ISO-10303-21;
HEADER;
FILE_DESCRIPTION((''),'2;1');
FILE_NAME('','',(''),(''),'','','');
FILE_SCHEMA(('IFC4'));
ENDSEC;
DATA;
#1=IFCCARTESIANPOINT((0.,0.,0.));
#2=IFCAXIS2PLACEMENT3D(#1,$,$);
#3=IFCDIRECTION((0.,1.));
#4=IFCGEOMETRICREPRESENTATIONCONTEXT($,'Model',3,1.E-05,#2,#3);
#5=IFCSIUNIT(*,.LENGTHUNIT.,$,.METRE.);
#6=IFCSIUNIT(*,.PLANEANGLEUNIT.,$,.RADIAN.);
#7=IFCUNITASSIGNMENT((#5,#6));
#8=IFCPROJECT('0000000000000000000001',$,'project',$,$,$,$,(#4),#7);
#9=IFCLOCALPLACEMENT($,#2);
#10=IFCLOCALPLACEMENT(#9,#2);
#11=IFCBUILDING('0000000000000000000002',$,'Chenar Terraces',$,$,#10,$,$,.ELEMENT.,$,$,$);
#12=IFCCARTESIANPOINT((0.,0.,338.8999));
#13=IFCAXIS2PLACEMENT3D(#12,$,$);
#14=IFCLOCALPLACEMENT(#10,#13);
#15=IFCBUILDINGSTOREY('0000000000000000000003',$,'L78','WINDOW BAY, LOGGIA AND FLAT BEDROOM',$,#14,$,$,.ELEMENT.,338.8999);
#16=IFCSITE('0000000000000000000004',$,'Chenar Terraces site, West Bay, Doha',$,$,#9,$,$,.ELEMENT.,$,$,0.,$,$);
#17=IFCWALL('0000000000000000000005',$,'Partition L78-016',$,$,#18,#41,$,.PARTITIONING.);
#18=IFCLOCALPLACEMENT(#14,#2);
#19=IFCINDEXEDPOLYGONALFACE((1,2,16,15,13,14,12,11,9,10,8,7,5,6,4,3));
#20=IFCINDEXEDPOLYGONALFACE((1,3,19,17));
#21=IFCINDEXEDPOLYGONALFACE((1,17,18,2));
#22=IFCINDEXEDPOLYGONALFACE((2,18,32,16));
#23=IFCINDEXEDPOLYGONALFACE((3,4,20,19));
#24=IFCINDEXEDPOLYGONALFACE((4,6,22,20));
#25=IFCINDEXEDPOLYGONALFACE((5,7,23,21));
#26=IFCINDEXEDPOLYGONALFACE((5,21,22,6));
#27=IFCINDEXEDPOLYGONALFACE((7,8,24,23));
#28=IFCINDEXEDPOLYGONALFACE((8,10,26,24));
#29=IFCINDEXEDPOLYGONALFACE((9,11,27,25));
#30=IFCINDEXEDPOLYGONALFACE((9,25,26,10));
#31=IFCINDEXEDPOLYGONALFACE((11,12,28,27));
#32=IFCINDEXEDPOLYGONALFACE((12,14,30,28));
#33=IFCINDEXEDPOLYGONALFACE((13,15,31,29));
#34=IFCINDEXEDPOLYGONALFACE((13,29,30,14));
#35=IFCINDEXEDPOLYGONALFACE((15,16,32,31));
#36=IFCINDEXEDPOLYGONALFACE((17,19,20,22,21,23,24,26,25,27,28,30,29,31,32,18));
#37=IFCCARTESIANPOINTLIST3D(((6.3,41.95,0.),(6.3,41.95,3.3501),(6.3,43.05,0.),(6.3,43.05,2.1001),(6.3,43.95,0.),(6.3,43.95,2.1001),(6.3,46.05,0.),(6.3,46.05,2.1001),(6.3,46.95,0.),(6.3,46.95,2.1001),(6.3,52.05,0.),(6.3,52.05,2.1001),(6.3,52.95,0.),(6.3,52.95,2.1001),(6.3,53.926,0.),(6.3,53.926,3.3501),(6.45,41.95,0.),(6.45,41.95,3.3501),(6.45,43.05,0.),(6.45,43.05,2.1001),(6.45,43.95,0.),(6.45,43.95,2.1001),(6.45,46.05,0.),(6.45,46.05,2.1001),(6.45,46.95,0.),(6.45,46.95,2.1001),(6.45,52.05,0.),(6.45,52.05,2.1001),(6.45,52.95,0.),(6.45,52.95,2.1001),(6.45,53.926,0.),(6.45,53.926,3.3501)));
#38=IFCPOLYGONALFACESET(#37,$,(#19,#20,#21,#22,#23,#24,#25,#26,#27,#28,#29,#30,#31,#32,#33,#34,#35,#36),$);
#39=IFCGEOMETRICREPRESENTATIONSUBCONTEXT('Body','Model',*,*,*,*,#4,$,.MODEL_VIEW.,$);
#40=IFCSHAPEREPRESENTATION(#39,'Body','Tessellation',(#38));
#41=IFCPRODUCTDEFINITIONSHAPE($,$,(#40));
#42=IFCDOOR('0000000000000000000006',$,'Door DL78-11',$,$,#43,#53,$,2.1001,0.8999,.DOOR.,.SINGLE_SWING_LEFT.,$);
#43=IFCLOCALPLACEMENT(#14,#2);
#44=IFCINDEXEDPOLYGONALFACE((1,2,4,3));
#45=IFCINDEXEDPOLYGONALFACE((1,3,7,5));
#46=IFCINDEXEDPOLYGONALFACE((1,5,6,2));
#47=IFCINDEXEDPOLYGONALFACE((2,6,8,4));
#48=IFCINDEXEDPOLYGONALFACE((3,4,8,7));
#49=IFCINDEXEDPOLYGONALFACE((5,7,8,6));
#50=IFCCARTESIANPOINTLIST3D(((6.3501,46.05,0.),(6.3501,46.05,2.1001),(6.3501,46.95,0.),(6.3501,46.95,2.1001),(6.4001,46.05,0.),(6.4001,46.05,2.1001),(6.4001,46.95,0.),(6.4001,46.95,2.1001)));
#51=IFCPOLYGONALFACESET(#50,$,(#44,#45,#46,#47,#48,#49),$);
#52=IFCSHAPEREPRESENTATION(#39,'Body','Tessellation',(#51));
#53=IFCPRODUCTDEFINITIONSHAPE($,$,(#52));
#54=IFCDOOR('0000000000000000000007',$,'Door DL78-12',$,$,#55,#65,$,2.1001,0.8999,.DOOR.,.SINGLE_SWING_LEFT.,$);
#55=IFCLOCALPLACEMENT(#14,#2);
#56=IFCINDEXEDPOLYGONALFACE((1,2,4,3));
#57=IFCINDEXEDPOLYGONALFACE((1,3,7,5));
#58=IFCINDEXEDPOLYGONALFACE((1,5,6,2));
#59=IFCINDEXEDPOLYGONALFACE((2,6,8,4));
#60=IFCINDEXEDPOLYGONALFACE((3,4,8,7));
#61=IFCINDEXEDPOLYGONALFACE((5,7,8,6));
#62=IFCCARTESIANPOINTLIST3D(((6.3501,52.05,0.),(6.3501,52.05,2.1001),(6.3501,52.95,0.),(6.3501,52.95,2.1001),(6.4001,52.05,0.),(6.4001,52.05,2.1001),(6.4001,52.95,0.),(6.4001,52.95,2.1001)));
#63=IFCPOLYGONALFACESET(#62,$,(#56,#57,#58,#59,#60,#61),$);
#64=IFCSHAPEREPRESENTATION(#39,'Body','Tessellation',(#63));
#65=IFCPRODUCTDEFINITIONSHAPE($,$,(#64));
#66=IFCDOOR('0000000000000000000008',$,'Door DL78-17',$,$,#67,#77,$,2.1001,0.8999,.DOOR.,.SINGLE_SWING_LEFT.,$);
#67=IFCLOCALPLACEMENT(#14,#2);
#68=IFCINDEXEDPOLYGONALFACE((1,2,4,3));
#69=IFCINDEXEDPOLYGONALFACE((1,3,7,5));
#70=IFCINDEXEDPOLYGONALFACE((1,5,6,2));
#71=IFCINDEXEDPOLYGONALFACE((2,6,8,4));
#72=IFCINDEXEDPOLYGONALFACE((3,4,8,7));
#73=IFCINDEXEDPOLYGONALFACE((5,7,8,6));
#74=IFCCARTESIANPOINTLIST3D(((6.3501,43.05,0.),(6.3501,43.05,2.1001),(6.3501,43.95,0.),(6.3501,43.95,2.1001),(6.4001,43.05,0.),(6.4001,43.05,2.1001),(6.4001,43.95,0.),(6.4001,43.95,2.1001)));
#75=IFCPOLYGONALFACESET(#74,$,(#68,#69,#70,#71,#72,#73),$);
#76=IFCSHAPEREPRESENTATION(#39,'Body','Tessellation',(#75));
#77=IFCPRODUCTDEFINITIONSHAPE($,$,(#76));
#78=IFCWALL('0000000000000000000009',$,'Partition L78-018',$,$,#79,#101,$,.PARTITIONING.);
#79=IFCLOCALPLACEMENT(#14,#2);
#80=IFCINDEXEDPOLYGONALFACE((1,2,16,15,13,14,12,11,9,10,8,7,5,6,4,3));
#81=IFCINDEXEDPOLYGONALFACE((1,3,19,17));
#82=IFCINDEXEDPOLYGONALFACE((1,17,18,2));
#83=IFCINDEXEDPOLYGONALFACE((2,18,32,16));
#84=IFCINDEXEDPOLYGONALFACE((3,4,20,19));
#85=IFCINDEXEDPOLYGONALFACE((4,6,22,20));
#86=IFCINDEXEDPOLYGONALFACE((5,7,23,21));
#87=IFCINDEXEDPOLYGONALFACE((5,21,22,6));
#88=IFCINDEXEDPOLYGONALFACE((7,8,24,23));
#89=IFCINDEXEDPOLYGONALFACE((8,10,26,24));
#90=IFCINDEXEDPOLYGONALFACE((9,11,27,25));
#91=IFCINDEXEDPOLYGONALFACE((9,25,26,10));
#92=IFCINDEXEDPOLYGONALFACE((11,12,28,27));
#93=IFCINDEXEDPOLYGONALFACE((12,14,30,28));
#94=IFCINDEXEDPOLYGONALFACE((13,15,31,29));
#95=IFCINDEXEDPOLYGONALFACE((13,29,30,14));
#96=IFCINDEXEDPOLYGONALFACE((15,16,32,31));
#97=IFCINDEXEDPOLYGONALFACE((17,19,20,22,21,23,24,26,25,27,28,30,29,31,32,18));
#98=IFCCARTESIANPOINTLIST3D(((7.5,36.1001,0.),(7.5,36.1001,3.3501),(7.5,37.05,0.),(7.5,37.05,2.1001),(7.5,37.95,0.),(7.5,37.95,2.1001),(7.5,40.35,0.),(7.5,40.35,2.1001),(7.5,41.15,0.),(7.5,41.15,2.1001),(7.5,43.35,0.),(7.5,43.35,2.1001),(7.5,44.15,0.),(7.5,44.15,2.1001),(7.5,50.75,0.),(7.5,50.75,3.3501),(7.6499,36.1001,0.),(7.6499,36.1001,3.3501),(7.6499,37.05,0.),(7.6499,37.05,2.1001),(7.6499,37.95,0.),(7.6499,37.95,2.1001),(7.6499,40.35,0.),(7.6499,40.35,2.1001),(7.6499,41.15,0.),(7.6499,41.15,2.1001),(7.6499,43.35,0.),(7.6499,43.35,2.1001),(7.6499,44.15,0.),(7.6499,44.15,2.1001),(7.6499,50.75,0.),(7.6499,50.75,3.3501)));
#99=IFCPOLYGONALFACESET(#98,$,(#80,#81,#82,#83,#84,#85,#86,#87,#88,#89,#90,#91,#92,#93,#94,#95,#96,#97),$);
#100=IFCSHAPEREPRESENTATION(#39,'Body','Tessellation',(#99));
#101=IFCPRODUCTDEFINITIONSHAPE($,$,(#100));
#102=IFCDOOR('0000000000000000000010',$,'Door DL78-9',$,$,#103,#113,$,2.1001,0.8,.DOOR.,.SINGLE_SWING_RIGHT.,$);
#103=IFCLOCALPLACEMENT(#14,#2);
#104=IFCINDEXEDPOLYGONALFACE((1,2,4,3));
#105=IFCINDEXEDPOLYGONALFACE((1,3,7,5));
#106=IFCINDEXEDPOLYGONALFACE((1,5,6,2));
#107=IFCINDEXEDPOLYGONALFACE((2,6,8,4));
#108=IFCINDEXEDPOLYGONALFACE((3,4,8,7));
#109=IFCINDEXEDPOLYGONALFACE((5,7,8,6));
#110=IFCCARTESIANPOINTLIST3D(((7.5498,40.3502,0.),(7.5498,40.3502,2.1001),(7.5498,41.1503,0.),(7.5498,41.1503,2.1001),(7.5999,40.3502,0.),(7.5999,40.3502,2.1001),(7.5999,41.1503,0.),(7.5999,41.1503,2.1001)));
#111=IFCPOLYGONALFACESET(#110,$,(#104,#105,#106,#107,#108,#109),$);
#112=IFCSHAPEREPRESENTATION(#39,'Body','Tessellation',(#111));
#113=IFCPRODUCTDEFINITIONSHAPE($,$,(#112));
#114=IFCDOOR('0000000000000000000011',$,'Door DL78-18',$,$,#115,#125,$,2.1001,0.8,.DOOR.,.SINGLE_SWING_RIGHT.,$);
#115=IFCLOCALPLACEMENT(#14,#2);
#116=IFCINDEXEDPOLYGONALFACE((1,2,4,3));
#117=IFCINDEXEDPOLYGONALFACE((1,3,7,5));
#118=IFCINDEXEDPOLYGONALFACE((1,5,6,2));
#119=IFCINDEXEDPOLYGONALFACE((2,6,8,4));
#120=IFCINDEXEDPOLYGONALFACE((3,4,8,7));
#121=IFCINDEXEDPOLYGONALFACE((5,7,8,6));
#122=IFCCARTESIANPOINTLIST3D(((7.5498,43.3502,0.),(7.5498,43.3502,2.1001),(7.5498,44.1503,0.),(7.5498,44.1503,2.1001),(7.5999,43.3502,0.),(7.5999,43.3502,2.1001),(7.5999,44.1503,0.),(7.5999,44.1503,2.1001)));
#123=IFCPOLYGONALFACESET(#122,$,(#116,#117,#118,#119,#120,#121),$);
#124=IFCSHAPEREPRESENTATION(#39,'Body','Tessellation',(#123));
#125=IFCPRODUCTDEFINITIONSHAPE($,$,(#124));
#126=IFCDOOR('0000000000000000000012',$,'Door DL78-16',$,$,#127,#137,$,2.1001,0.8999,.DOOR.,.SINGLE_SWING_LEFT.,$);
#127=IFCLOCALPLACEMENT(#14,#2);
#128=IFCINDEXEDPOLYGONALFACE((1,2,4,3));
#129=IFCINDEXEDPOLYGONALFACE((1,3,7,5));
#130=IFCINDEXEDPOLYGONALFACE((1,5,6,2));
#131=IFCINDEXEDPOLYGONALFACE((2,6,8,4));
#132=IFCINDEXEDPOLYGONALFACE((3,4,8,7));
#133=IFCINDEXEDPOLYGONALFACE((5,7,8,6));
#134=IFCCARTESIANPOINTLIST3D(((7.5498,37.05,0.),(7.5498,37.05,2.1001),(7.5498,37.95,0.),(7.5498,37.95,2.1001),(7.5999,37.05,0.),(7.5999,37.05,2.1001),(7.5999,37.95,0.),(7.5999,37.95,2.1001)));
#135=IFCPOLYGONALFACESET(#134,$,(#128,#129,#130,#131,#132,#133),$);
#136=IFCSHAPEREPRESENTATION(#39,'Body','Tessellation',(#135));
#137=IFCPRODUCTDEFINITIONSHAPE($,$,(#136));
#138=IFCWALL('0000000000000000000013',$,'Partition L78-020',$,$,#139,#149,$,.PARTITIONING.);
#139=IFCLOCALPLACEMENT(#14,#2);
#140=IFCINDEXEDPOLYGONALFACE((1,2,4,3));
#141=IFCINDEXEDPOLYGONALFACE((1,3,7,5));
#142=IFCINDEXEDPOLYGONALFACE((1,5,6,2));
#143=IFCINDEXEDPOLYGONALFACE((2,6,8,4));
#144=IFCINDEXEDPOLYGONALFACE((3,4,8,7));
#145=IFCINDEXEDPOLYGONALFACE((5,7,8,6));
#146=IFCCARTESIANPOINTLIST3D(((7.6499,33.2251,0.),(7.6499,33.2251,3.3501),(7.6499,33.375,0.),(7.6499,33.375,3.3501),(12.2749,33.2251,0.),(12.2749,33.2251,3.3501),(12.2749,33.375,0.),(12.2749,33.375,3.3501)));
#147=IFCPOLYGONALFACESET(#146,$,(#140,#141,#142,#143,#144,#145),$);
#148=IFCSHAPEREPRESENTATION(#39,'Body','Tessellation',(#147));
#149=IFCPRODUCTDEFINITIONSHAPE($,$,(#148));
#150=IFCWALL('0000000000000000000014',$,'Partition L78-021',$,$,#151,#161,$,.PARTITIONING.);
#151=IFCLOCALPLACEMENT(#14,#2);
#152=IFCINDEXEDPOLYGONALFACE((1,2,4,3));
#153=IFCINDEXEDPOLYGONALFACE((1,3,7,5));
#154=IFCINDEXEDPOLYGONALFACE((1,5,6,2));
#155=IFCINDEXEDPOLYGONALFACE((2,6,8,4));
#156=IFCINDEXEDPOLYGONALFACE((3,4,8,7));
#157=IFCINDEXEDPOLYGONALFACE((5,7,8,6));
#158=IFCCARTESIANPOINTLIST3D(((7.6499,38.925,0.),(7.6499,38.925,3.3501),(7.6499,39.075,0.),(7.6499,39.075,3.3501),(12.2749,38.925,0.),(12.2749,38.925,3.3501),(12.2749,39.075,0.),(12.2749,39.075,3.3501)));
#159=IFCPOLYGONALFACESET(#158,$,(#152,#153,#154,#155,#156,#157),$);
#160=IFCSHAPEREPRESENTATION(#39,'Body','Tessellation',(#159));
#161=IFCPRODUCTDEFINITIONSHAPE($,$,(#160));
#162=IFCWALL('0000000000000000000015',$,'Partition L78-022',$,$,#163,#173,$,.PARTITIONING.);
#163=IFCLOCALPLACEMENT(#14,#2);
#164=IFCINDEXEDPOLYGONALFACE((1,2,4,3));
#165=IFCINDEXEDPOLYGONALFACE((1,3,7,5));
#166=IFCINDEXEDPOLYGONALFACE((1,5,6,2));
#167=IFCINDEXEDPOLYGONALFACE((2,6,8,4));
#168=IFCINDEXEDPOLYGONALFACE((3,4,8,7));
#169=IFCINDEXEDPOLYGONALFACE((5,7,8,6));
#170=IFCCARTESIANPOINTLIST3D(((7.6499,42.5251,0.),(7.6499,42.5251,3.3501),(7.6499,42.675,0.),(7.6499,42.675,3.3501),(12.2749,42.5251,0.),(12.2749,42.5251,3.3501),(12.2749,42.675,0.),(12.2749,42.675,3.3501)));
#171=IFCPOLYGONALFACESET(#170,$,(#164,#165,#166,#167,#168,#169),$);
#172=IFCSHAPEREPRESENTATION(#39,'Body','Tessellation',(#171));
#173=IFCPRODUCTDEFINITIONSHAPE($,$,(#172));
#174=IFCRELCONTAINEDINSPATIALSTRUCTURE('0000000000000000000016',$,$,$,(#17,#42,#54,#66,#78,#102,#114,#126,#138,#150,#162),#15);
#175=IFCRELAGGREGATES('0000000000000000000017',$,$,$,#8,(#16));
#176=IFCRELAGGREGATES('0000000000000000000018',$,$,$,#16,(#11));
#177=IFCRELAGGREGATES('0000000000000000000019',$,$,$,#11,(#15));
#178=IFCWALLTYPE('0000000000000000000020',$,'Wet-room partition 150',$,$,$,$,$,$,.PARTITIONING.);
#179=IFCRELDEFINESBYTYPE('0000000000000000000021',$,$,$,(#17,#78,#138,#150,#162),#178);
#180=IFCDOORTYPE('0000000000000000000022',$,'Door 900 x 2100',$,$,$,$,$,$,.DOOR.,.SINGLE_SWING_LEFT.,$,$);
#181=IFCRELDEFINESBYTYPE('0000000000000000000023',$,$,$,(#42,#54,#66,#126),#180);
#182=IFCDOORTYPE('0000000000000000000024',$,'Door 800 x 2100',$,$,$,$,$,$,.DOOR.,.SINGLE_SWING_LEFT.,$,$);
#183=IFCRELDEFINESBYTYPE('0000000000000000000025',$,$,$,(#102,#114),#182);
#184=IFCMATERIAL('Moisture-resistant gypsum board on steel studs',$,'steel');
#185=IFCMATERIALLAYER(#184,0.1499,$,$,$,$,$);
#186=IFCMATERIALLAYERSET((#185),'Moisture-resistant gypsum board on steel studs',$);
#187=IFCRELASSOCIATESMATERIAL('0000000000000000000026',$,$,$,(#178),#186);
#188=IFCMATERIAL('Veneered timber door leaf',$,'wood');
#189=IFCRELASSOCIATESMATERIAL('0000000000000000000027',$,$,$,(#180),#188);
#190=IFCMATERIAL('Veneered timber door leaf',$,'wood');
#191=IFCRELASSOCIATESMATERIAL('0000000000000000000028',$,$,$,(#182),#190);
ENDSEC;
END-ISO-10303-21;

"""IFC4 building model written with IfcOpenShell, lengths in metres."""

from ifc_helpers import new_model, si_unit, direction, frame, frame_2d, origin, place, context, subcontext, project, spatial, rectangle, extrude, material, layer, layer_set, type_object, element, fill, save


model = new_model("IFC4")

# Units and contexts
model_context = context("Model", 3, precision=1e-05, world=origin(), true_north=direction((0.0, 1.0)))
body_context = subcontext(model_context, "Body", "Model", "MODEL_VIEW")
ifc_project = project(units=[si_unit("LENGTHUNIT", "METRE"), si_unit("PLANEANGLEUNIT", "RADIAN")], contexts=[model_context])

# Site, building, storey
site_placement = place(None, origin())
site = spatial("IfcSite", under=ifc_project, at=site_placement, Name="Chenar Terraces site, West Bay, Doha", CompositionType="ELEMENT", RefElevation=0.0)
building_placement = place(site_placement, origin())
building = spatial("IfcBuilding", under=site, at=building_placement, Name="Chenar Terraces", CompositionType="ELEMENT")
storey_placement = place(building_placement, frame((0.0, 0.0, 338.8999)))
storey = spatial("IfcBuildingStorey", under=building, at=storey_placement, Name="L78", Description="WINDOW BAY, LOGGIA AND FLAT BEDROOM", CompositionType="ELEMENT", Elevation=338.8999)

# Shared definitions
ifc_material_1 = material(Name="Moisture-resistant gypsum board on steel studs", Category="steel")
ifc_layer_1 = layer(ifc_material_1, 0.1499)
ifc_layer_set_1 = layer_set([ifc_layer_1], Name="Moisture-resistant gypsum board on steel studs")
wall_type_1 = type_object("IfcWallType", Name="Wet-room partition 150", PredefinedType="PARTITIONING", material=ifc_layer_set_1)
ifc_material_2 = material(Name="Veneered timber door leaf", Category="wood")
door_type_1 = type_object("IfcDoorType", Name="Door 900 x 2100", OperationType="SINGLE_SWING_LEFT", PredefinedType="DOOR", material=ifc_material_2)

# Walls, openings, doors
wall_1_placement = place(storey_placement, frame((6.375, 41.95, 0.0), z_axis=(0.0, 0.0, 1.0), x_axis=(0.0, 1.0, 0.0)))
wall_1 = element("IfcWall", 1, at=wall_1_placement, inside=storey, type_object=wall_type_1, Name="Partition L78-016", PredefinedType="PARTITIONING", context=body_context, shape_type="SweptSolid", body=[
    extrude(rectangle(XDim=11.9761, YDim=0.1499, at=frame_2d((5.988, 0.0))), origin(), (0.0, 0.0, 1.0), 3.3501),
])
opening_1_placement = place(wall_1_placement, frame((4.1001, 0.0, 0.0)))
opening_1 = element("IfcOpeningElement", 2, at=opening_1_placement, cuts=wall_1, PredefinedType="OPENING", context=body_context, shape_type="SweptSolid", body=[
    extrude(rectangle(XDim=0.8999, YDim=2.1001, at=frame_2d((0.45, 1.05))), frame((0.0, 0.085, 0.0), z_axis=(0.0, -1.0, 0.0), x_axis=(1.0, 0.0, 0.0)), (0.0, 0.0, 1.0), 0.1699),
])
opening_2_placement = place(wall_1_placement, frame((10.1001, 0.0, 0.0)))
opening_2 = element("IfcOpeningElement", 3, at=opening_2_placement, cuts=wall_1, PredefinedType="OPENING", context=body_context, shape_type="SweptSolid", body=[
    extrude(rectangle(XDim=0.8999, YDim=2.1001, at=frame_2d((0.45, 1.05))), frame((0.0, 0.085, 0.0), z_axis=(0.0, -1.0, 0.0), x_axis=(1.0, 0.0, 0.0)), (0.0, 0.0, 1.0), 0.1699),
])
opening_3_placement = place(wall_1_placement, frame((1.1001, 0.0, 0.0)))
opening_3 = element("IfcOpeningElement", 4, at=opening_3_placement, cuts=wall_1, PredefinedType="OPENING", context=body_context, shape_type="SweptSolid", body=[
    extrude(rectangle(XDim=0.8999, YDim=2.1001, at=frame_2d((0.45, 1.05))), frame((0.0, 0.085, 0.0), z_axis=(0.0, -1.0, 0.0), x_axis=(1.0, 0.0, 0.0)), (0.0, 0.0, 1.0), 0.1699),
])
door_1_placement = place(opening_1_placement, origin())
door_1 = element("IfcDoor", 5, at=door_1_placement, inside=storey, type_object=door_type_1, Name="Door DL78-11", OperationType="SINGLE_SWING_LEFT", OverallHeight=2.1001, OverallWidth=0.8999, PredefinedType="DOOR", context=body_context, shape_type="SweptSolid", body=[
    extrude(rectangle(XDim=0.8999, YDim=2.1001, at=frame_2d((0.45, 1.05))), frame((0.0, 0.0249, 0.0), z_axis=(0.0, -1.0, 0.0), x_axis=(1.0, 0.0, 0.0)), (0.0, 0.0, 1.0), 0.05),
])
fill(opening_1, door_1)
door_2_placement = place(opening_2_placement, origin())
door_2 = element("IfcDoor", 6, at=door_2_placement, inside=storey, type_object=door_type_1, Name="Door DL78-12", OperationType="SINGLE_SWING_LEFT", OverallHeight=2.1001, OverallWidth=0.8999, PredefinedType="DOOR", context=body_context, shape_type="SweptSolid", body=[
    extrude(rectangle(XDim=0.8999, YDim=2.1001, at=frame_2d((0.45, 1.05))), frame((0.0, 0.0249, 0.0), z_axis=(0.0, -1.0, 0.0), x_axis=(1.0, 0.0, 0.0)), (0.0, 0.0, 1.0), 0.05),
])
fill(opening_2, door_2)
door_3_placement = place(opening_3_placement, origin())
door_3 = element("IfcDoor", 7, at=door_3_placement, inside=storey, type_object=door_type_1, Name="Door DL78-17", OperationType="SINGLE_SWING_LEFT", OverallHeight=2.1001, OverallWidth=0.8999, PredefinedType="DOOR", context=body_context, shape_type="SweptSolid", body=[
    extrude(rectangle(XDim=0.8999, YDim=2.1001, at=frame_2d((0.45, 1.05))), frame((0.0, 0.0249, 0.0), z_axis=(0.0, -1.0, 0.0), x_axis=(1.0, 0.0, 0.0)), (0.0, 0.0, 1.0), 0.05),
])
fill(opening_3, door_3)
wall_2_placement = place(storey_placement, frame((7.575, 36.1001, 0.0), z_axis=(0.0, 0.0, 1.0), x_axis=(0.0, 1.0, 0.0)))
wall_2 = element("IfcWall", 8, at=wall_2_placement, inside=storey, type_object=wall_type_1, Name="Partition L78-018", PredefinedType="PARTITIONING", context=body_context, shape_type="SweptSolid", body=[
    extrude(rectangle(XDim=14.6499, YDim=0.1499, at=frame_2d((7.325, 0.0))), origin(), (0.0, 0.0, 1.0), 3.3501),
])
opening_4_placement = place(wall_2_placement, frame((4.25, 0.0, 0.0)))
opening_4 = element("IfcOpeningElement", 9, at=opening_4_placement, cuts=wall_2, PredefinedType="OPENING", context=body_context, shape_type="SweptSolid", body=[
    extrude(rectangle(XDim=0.8, YDim=2.1001, at=frame_2d((0.3999, 1.05))), frame((0.0, 0.085, 0.0), z_axis=(0.0, -1.0, 0.0), x_axis=(1.0, 0.0, 0.0)), (0.0, 0.0, 1.0), 0.1699),
])
opening_5_placement = place(wall_2_placement, frame((0.95, 0.0, 0.0)))
opening_5 = element("IfcOpeningElement", 10, at=opening_5_placement, cuts=wall_2, PredefinedType="OPENING", context=body_context, shape_type="SweptSolid", body=[
    extrude(rectangle(XDim=0.8999, YDim=2.1001, at=frame_2d((0.45, 1.05))), frame((0.0, 0.085, 0.0), z_axis=(0.0, -1.0, 0.0), x_axis=(1.0, 0.0, 0.0)), (0.0, 0.0, 1.0), 0.1699),
])
opening_6_placement = place(wall_2_placement, frame((7.25, 0.0, 0.0)))
opening_6 = element("IfcOpeningElement", 11, at=opening_6_placement, cuts=wall_2, PredefinedType="OPENING", context=body_context, shape_type="SweptSolid", body=[
    extrude(rectangle(XDim=0.8, YDim=2.1001, at=frame_2d((0.3999, 1.05))), frame((0.0, 0.085, 0.0), z_axis=(0.0, -1.0, 0.0), x_axis=(1.0, 0.0, 0.0)), (0.0, 0.0, 1.0), 0.1699),
])
ifc_material_3 = material(Name="Veneered timber door leaf", Category="wood")
door_type_2 = type_object("IfcDoorType", Name="Door 800 x 2100", OperationType="SINGLE_SWING_LEFT", PredefinedType="DOOR", material=ifc_material_3)
door_4_placement = place(opening_4_placement, frame((0.8, 0.0, 0.0), z_axis=(0.0, 0.0, 1.0), x_axis=(-1.0, 0.0, 0.0)))
door_4 = element("IfcDoor", 12, at=door_4_placement, inside=storey, type_object=door_type_2, Name="Door DL78-9", OperationType="SINGLE_SWING_RIGHT", OverallHeight=2.1001, OverallWidth=0.8, PredefinedType="DOOR", context=body_context, shape_type="SweptSolid", body=[
    extrude(rectangle(XDim=0.8, YDim=2.1001, at=frame_2d((0.3999, 1.05))), frame((0.0, 0.0249, 0.0), z_axis=(0.0, -1.0, 0.0), x_axis=(1.0, 0.0, 0.0)), (0.0, 0.0, 1.0), 0.05),
])
fill(opening_4, door_4)
door_5_placement = place(opening_6_placement, frame((0.8, 0.0, 0.0), z_axis=(0.0, 0.0, 1.0), x_axis=(-1.0, 0.0, 0.0)))
door_5 = element("IfcDoor", 13, at=door_5_placement, inside=storey, type_object=door_type_2, Name="Door DL78-18", OperationType="SINGLE_SWING_RIGHT", OverallHeight=2.1001, OverallWidth=0.8, PredefinedType="DOOR", context=body_context, shape_type="SweptSolid", body=[
    extrude(rectangle(XDim=0.8, YDim=2.1001, at=frame_2d((0.3999, 1.05))), frame((0.0, 0.0249, 0.0), z_axis=(0.0, -1.0, 0.0), x_axis=(1.0, 0.0, 0.0)), (0.0, 0.0, 1.0), 0.05),
])
fill(opening_6, door_5)
door_6_placement = place(opening_5_placement, frame((0.8999, 0.0, 0.0), z_axis=(0.0, 0.0, 1.0), x_axis=(-1.0, 0.0, 0.0)))
door_6 = element("IfcDoor", 14, at=door_6_placement, inside=storey, type_object=door_type_1, Name="Door DL78-16", OperationType="SINGLE_SWING_LEFT", OverallHeight=2.1001, OverallWidth=0.8999, PredefinedType="DOOR", context=body_context, shape_type="SweptSolid", body=[
    extrude(rectangle(XDim=0.8999, YDim=2.1001, at=frame_2d((0.45, 1.05))), frame((0.0, 0.0249, 0.0), z_axis=(0.0, -1.0, 0.0), x_axis=(1.0, 0.0, 0.0)), (0.0, 0.0, 1.0), 0.05),
])
fill(opening_5, door_6)

# Walls
for number, where, z_axis, x_axis, name in (
    (15, (7.6499, 33.3, 0.0), (0.0, 0.0, 1.0), (1.0, 0.0, 0.0), "Partition L78-020"),
    (16, (7.6499, 39.0, 0.0), (0.0, 0.0, 1.0), (1.0, 0.0, 0.0), "Partition L78-021"),
    (17, (7.6499, 42.6001, 0.0), (0.0, 0.0, 1.0), (1.0, 0.0, 0.0), "Partition L78-022"),
):
    element("IfcWall", number, at=place(storey_placement, frame(where, z_axis=z_axis, x_axis=x_axis)), inside=storey, type_object=wall_type_1, Name=name, PredefinedType="PARTITIONING", context=body_context, shape_type="SweptSolid", body=[
        extrude(rectangle(XDim=4.625, YDim=0.1499, at=frame_2d((2.3125, 0.0))), origin(), (0.0, 0.0, 1.0), 3.3501),
    ])

save(model, "model.ifc")
